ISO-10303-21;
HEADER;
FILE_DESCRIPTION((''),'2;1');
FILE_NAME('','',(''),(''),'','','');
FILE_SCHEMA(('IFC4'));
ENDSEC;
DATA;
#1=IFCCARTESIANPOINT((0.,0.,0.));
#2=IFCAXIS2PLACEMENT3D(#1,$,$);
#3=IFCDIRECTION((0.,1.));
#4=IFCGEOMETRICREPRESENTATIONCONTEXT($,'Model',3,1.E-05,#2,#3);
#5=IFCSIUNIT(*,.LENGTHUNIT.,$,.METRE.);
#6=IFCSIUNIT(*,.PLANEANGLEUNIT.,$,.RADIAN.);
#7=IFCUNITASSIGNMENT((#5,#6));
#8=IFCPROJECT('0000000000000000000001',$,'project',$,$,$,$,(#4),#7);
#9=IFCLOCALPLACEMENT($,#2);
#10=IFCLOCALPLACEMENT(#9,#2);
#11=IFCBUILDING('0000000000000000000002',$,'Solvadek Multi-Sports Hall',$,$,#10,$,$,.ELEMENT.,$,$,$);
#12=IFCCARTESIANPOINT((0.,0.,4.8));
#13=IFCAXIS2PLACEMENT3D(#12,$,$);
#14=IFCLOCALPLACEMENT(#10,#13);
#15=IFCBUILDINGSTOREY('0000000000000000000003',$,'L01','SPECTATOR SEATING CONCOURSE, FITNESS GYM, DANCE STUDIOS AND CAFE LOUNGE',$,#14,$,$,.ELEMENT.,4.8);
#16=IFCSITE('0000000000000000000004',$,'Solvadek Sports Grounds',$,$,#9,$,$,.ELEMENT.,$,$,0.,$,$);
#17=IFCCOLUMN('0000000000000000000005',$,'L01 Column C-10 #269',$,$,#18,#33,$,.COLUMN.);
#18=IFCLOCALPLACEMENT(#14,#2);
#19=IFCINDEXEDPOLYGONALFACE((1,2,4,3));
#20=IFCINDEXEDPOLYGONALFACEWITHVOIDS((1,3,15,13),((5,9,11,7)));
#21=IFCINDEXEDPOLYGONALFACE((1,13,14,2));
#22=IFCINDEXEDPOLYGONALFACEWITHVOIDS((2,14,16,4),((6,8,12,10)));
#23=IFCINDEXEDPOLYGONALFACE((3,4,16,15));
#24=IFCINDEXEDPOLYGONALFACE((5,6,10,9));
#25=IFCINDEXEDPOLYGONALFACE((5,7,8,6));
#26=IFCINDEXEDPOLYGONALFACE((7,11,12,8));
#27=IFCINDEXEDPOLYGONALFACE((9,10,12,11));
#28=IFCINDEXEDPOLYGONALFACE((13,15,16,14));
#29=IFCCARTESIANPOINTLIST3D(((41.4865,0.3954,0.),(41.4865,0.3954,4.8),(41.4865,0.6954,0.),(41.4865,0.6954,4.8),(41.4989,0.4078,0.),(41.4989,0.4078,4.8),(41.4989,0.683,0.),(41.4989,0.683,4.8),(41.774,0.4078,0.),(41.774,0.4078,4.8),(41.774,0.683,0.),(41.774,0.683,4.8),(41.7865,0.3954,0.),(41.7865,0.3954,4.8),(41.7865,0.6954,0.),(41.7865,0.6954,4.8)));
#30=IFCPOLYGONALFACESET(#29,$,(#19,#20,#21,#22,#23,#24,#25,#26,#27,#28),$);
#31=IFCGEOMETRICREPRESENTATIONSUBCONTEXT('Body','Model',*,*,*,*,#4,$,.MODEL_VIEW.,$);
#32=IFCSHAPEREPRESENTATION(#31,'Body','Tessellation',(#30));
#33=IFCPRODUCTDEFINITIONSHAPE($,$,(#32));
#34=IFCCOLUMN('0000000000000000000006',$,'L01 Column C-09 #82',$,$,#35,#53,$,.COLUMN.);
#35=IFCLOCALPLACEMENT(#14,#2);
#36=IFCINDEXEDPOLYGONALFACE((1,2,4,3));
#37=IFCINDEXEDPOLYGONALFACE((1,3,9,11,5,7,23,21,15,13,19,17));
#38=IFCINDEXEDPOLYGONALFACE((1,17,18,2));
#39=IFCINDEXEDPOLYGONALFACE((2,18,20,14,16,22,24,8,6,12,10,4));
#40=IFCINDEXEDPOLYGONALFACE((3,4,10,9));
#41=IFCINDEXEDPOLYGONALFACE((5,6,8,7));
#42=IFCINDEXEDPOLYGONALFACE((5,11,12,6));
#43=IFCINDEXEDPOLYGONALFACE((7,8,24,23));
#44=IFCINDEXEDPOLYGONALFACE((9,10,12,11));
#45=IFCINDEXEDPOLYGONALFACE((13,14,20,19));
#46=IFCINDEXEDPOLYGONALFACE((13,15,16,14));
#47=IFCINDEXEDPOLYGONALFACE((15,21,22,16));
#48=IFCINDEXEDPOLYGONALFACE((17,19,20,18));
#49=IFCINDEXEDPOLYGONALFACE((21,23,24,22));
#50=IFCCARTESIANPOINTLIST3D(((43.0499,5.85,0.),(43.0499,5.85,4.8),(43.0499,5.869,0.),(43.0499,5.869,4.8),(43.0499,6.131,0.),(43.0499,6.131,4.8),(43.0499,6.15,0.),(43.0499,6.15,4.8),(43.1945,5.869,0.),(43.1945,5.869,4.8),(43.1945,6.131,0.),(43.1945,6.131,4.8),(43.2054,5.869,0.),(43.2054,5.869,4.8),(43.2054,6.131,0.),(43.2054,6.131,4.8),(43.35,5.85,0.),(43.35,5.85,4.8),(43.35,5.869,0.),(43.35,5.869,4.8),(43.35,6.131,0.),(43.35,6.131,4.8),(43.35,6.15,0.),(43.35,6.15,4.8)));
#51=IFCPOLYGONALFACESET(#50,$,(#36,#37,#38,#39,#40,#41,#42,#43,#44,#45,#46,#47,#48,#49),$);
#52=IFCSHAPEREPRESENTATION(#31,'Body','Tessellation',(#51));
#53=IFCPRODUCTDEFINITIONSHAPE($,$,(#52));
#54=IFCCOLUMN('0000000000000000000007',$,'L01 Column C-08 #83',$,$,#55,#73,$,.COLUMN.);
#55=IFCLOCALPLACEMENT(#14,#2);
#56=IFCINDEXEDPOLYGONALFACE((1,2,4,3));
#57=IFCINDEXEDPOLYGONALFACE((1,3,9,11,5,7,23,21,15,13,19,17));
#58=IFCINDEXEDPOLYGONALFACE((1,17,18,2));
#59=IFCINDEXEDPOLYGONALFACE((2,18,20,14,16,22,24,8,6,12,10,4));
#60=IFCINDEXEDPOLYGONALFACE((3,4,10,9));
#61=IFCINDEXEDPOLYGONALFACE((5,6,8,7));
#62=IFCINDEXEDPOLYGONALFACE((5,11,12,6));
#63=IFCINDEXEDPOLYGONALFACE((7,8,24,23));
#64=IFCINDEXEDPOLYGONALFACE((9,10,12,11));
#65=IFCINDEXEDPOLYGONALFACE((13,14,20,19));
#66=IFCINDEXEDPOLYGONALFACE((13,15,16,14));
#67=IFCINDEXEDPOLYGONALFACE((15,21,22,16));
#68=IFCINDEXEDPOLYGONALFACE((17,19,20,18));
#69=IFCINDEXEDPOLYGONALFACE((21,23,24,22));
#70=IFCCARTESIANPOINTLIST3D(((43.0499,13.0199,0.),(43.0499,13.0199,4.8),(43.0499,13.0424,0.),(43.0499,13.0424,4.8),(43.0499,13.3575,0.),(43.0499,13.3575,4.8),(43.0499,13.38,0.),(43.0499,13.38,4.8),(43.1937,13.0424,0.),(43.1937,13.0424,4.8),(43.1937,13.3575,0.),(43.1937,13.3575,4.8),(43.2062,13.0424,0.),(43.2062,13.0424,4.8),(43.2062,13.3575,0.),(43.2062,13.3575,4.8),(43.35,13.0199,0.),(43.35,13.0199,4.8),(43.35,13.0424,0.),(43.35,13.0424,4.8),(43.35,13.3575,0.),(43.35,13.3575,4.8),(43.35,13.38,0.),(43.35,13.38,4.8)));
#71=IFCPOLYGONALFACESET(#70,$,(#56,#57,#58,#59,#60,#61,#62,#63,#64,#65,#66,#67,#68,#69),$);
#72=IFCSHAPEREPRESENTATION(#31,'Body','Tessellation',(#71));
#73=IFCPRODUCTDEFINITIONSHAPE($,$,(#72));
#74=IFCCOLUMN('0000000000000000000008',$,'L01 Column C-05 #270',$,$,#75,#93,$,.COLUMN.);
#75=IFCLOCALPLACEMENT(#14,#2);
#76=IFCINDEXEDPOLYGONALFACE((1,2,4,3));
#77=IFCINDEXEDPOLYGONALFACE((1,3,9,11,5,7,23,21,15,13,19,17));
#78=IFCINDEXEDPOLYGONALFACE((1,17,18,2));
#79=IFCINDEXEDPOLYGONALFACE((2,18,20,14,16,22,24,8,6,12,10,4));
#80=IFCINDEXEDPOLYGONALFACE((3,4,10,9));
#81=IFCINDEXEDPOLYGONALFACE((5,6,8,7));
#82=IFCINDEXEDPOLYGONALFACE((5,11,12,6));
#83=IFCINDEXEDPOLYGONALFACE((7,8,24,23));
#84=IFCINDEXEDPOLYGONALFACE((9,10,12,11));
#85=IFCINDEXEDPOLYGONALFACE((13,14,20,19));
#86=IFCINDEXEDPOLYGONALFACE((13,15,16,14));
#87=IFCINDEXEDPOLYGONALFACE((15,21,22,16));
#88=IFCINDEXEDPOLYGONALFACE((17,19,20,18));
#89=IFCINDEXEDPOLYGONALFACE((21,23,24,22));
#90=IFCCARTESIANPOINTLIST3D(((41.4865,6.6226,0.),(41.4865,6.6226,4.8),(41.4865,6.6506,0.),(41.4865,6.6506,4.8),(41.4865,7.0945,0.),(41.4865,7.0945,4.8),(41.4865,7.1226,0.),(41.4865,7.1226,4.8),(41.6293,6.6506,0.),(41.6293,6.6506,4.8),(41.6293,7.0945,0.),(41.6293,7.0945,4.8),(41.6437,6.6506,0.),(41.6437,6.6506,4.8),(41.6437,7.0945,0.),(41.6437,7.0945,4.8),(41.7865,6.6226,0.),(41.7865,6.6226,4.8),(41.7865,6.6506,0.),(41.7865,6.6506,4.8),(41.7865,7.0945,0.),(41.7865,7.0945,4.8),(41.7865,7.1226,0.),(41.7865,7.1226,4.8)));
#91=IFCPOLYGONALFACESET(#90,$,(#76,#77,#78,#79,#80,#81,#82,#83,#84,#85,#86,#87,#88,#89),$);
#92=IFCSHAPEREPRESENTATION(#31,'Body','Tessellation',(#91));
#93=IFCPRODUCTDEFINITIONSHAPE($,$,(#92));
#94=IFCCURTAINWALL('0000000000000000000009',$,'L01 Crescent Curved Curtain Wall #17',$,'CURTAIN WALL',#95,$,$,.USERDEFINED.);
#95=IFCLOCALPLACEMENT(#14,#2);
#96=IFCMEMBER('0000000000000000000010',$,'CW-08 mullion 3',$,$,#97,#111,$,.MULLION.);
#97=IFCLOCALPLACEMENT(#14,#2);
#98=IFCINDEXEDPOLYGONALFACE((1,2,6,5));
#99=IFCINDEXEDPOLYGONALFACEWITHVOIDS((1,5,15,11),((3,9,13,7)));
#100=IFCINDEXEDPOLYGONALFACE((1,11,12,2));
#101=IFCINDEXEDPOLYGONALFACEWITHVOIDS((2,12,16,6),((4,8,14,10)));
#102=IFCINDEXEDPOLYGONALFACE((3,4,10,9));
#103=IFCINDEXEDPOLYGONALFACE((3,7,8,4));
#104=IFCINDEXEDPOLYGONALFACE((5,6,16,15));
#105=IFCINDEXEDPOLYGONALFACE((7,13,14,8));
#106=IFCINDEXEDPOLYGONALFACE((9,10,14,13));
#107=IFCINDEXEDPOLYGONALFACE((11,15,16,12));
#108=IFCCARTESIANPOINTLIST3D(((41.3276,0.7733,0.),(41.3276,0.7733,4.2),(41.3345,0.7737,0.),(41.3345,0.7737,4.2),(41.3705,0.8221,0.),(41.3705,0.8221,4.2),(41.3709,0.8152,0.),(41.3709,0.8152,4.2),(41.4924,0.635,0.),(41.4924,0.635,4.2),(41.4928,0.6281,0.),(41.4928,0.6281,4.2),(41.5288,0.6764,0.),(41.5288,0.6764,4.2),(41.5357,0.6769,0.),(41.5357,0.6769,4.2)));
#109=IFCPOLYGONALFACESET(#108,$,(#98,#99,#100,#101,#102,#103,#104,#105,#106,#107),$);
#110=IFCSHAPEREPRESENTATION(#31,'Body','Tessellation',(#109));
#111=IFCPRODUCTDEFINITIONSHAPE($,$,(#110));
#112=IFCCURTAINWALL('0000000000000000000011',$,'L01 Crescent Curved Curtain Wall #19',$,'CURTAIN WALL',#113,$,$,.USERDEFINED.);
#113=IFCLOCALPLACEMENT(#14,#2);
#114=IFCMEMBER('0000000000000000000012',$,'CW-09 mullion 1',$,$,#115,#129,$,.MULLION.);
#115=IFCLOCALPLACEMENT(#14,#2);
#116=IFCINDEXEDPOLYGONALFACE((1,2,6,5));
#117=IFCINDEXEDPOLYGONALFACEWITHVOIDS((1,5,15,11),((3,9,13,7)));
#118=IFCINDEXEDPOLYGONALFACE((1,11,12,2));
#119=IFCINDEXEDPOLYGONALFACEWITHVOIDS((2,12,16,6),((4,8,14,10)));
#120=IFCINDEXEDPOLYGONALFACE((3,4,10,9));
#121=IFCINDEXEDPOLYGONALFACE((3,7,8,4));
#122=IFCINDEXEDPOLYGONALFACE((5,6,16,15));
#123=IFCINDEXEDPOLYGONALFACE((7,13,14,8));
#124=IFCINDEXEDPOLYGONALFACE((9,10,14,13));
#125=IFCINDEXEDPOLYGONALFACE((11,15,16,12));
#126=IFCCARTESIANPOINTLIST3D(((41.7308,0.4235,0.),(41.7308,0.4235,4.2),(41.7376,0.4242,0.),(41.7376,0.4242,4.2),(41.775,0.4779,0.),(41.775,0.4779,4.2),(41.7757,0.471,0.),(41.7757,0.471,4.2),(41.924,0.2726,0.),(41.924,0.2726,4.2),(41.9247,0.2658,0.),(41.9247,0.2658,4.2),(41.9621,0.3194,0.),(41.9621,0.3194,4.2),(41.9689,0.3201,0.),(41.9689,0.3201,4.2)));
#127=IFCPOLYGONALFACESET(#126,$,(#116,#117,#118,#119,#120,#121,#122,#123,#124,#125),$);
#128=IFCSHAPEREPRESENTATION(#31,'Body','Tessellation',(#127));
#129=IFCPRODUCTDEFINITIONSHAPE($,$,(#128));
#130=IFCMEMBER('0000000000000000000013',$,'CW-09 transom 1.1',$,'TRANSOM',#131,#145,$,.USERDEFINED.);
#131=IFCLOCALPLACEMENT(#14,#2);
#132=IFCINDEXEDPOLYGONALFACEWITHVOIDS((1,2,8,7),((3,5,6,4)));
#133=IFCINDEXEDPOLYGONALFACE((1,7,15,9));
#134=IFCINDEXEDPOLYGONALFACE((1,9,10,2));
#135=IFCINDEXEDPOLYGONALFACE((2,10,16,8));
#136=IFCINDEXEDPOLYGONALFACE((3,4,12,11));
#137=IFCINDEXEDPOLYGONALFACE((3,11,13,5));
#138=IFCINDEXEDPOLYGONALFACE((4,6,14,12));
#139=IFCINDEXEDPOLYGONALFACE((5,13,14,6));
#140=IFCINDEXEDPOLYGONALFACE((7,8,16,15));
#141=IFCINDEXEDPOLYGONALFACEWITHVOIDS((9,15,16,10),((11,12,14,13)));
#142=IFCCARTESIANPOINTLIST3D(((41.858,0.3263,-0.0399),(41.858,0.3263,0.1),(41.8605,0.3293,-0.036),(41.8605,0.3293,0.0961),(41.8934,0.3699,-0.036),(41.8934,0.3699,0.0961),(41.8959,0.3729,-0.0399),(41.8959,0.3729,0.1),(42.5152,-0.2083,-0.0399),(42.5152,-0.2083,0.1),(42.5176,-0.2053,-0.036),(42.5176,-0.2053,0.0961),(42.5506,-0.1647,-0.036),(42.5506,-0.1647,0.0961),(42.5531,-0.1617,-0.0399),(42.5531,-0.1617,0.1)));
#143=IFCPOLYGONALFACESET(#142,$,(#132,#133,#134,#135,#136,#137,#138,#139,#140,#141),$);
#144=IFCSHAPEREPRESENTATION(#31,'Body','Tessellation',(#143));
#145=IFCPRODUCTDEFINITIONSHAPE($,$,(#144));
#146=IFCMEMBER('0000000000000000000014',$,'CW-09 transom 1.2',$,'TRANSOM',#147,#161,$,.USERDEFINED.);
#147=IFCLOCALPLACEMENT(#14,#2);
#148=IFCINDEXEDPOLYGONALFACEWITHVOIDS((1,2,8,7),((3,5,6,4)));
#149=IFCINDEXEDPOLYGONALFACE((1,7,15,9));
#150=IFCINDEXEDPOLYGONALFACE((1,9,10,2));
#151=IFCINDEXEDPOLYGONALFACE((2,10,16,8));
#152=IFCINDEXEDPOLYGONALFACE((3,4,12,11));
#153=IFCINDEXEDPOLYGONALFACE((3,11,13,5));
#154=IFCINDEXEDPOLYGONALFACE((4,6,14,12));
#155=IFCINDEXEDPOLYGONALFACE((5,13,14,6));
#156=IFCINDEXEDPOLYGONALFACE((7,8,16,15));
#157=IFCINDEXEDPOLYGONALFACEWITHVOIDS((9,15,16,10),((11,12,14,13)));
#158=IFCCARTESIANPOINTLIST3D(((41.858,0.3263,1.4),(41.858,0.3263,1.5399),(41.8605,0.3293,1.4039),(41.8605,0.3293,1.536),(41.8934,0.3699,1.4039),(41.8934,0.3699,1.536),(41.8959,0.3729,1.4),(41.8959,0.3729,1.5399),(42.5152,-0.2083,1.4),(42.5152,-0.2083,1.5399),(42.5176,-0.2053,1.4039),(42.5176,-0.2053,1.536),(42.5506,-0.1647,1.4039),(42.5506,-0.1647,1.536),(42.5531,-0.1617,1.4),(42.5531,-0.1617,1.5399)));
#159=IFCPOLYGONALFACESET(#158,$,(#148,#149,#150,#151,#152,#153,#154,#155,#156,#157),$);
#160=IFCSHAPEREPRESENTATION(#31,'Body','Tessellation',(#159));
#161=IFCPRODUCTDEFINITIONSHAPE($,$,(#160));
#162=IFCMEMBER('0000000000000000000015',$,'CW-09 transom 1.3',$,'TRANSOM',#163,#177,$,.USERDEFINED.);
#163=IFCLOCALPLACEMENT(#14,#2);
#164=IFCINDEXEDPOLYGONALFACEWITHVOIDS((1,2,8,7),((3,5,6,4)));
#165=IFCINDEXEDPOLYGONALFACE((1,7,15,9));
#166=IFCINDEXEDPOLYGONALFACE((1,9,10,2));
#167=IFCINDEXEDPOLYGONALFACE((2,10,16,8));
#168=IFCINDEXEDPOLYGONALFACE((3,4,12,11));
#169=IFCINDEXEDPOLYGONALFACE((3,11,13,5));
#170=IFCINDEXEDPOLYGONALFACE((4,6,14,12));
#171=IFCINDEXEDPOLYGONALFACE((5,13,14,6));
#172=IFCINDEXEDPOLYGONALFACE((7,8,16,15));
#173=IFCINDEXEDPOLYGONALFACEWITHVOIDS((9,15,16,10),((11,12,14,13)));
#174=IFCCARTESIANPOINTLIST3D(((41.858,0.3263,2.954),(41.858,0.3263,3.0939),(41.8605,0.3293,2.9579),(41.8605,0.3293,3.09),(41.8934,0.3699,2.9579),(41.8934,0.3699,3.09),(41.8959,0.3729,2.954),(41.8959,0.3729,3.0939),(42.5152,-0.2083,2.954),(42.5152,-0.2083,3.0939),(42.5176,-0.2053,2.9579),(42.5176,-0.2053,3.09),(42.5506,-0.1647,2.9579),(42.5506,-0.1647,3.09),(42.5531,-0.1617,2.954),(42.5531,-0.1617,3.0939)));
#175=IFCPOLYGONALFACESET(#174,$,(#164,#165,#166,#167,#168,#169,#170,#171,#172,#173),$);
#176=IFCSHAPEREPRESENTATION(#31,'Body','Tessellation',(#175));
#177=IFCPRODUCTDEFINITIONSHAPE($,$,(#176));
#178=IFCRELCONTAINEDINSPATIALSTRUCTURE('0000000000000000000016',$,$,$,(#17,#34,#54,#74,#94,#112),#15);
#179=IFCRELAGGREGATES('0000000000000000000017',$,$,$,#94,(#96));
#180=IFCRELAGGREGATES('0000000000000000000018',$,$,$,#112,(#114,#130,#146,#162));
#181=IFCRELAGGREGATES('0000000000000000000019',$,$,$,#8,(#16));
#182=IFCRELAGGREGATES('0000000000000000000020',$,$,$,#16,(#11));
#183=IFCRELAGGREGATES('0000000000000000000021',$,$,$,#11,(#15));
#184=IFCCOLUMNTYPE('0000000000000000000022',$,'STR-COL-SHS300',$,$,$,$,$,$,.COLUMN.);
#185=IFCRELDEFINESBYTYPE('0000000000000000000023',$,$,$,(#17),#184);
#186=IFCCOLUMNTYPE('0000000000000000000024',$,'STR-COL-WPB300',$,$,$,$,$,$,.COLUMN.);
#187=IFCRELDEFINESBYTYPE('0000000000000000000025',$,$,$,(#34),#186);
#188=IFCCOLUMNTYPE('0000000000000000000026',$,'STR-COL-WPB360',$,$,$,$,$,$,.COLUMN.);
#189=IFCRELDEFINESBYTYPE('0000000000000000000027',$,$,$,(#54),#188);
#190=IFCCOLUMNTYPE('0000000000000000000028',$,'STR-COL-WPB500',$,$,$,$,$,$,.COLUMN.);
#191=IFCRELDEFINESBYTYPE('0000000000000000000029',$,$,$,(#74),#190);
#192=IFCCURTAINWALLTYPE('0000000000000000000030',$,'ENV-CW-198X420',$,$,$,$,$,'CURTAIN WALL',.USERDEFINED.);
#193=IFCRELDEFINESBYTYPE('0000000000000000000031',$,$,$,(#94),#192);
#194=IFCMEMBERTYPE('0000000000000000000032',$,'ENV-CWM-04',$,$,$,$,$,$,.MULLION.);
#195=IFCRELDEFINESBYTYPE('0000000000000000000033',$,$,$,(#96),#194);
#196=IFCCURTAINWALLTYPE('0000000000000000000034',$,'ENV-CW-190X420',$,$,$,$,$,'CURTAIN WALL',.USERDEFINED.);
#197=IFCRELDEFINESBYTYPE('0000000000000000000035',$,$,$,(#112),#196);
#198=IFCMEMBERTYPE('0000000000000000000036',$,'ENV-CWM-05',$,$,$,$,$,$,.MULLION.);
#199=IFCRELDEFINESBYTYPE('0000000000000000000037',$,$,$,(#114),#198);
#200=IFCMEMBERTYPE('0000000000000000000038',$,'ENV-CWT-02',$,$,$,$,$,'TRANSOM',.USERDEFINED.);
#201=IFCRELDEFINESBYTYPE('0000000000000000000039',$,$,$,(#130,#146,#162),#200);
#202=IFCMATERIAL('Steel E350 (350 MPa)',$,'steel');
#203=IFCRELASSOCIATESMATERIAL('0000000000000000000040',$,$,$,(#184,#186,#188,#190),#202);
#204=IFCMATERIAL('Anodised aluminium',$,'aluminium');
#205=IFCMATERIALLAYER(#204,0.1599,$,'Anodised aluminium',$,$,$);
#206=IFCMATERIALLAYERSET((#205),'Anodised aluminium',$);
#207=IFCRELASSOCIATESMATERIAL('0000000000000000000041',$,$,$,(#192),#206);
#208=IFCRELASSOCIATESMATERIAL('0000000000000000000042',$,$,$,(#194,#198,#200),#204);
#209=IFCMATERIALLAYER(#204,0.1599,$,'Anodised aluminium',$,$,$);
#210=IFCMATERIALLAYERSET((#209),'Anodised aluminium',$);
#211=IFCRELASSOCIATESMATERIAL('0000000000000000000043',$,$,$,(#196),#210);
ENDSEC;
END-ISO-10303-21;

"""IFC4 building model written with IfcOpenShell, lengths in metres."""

from ifc_helpers import new_model, si_unit, direction, frame, origin, origin_2d, place, context, subcontext, project, spatial, hollow_rectangle, i_section, extrude, material, layer, layer_set, material_profile, profile_set, type_object, element, aggregate, save


model = new_model("IFC4")

# Units and contexts
model_context = context("Model", 3, precision=1e-05, world=origin(), true_north=direction((0.0, 1.0)))
body_context = subcontext(model_context, "Body", "Model", "MODEL_VIEW")
ifc_project = project(units=[si_unit("LENGTHUNIT", "METRE"), si_unit("PLANEANGLEUNIT", "RADIAN")], contexts=[model_context])

# Site, building, storey
site_placement = place(None, origin())
site = spatial("IfcSite", under=ifc_project, at=site_placement, Name="Solvadek Sports Grounds", CompositionType="ELEMENT", RefElevation=0.0)
building_placement = place(site_placement, origin())
building = spatial("IfcBuilding", under=site, at=building_placement, Name="Solvadek Multi-Sports Hall", CompositionType="ELEMENT")
storey_placement = place(building_placement, frame((0.0, 0.0, 4.8)))
storey = spatial("IfcBuildingStorey", under=building, at=storey_placement, Name="L01", Description="SPECTATOR SEATING CONCOURSE, FITNESS GYM, DANCE STUDIOS AND CAFE LOUNGE", CompositionType="ELEMENT", Elevation=4.8)

# Columns
ifc_material_1 = material(Name="Steel E350 (350 MPa)", Category="steel")
ifc_material_profile_1 = material_profile(ifc_material_1, hollow_rectangle(XDim=0.3, YDim=0.3, WallThickness=0.0125, at=origin_2d()), Name="SHS 300x300x12.5")
ifc_profile_set_1 = profile_set([ifc_material_profile_1], Name="Steel E350 (350 MPa)")
column_type_1 = type_object("IfcColumnType", Name="STR-COL-SHS300", PredefinedType="COLUMN", material=ifc_profile_set_1)
column_1_placement = place(storey_placement, frame((41.6365, 0.5454, 0.0), z_axis=(0.0, 0.0, 1.0), x_axis=(1.0, 0.0, 0.0)))
element("IfcColumn", 1, at=column_1_placement, inside=storey, type_object=column_type_1, Name="L01 Column C-10 #269", PredefinedType="COLUMN", context=body_context, shape_type="SweptSolid", body=[
    extrude(hollow_rectangle(XDim=0.3, YDim=0.3, WallThickness=0.0125, at=origin_2d()), origin(), (0.0, 0.0, 1.0), 4.8),
])
ifc_material_profile_2 = material_profile(ifc_material_1, i_section(OverallWidth=0.3, OverallDepth=0.3, WebThickness=0.011, FlangeThickness=0.019, at=origin_2d()), Name="WPB 300")
ifc_profile_set_2 = profile_set([ifc_material_profile_2], Name="Steel E350 (350 MPa)")
column_type_2 = type_object("IfcColumnType", Name="STR-COL-WPB300", PredefinedType="COLUMN", material=ifc_profile_set_2)
column_2_placement = place(storey_placement, frame((43.2, 6.0, 0.0), z_axis=(0.0, 0.0, 1.0), x_axis=(1.0, 0.0, 0.0)))
element("IfcColumn", 2, at=column_2_placement, inside=storey, type_object=column_type_2, Name="L01 Column C-09 #82", PredefinedType="COLUMN", context=body_context, shape_type="SweptSolid", body=[
    extrude(i_section(OverallWidth=0.3, OverallDepth=0.3, WebThickness=0.011, FlangeThickness=0.019, at=origin_2d()), origin(), (0.0, 0.0, 1.0), 4.8),
])
ifc_material_profile_3 = material_profile(ifc_material_1, i_section(OverallWidth=0.3, OverallDepth=0.3601, WebThickness=0.0125, FlangeThickness=0.0225, at=origin_2d()), Name="WPB 360")
ifc_profile_set_3 = profile_set([ifc_material_profile_3], Name="Steel E350 (350 MPa)")
column_type_3 = type_object("IfcColumnType", Name="STR-COL-WPB360", PredefinedType="COLUMN", material=ifc_profile_set_3)
column_3_placement = place(storey_placement, frame((43.2, 13.2, 0.0), z_axis=(0.0, 0.0, 1.0), x_axis=(1.0, 0.0, 0.0)))
element("IfcColumn", 3, at=column_3_placement, inside=storey, type_object=column_type_3, Name="L01 Column C-08 #83", PredefinedType="COLUMN", context=body_context, shape_type="SweptSolid", body=[
    extrude(i_section(OverallWidth=0.3, OverallDepth=0.3601, WebThickness=0.0125, FlangeThickness=0.0225, at=origin_2d()), origin(), (0.0, 0.0, 1.0), 4.8),
])
ifc_material_profile_4 = material_profile(ifc_material_1, i_section(OverallWidth=0.3, OverallDepth=0.5, WebThickness=0.0144, FlangeThickness=0.0281, at=origin_2d()), Name="WPB 500")
ifc_profile_set_4 = profile_set([ifc_material_profile_4], Name="Steel E350 (350 MPa)")
column_type_4 = type_object("IfcColumnType", Name="STR-COL-WPB500", PredefinedType="COLUMN", material=ifc_profile_set_4)
column_4_placement = place(storey_placement, frame((41.6365, 6.8726, 0.0), z_axis=(0.0, 0.0, 1.0), x_axis=(1.0, 0.0, 0.0)))
element("IfcColumn", 4, at=column_4_placement, inside=storey, type_object=column_type_4, Name="L01 Column C-05 #270", PredefinedType="COLUMN", context=body_context, shape_type="SweptSolid", body=[
    extrude(i_section(OverallWidth=0.3, OverallDepth=0.5, WebThickness=0.0144, FlangeThickness=0.0281, at=origin_2d()), origin(), (0.0, 0.0, 1.0), 4.8),
])

# Curtain wall, member
ifc_material_2 = material(Name="Anodised aluminium", Category="aluminium")
ifc_layer_1 = layer(ifc_material_2, 0.1599, Name="Anodised aluminium")
ifc_layer_set_1 = layer_set([ifc_layer_1], Name="Anodised aluminium")
curtain_wall_type_1 = type_object("IfcCurtainWallType", Name="ENV-CW-198X420", ElementType="CURTAIN WALL", PredefinedType="USERDEFINED", material=ifc_layer_set_1)
curtain_wall_1_placement = place(storey_placement, origin())
curtain_wall_1 = element("IfcCurtainWall", 5, at=curtain_wall_1_placement, inside=storey, type_object=curtain_wall_type_1, Name="L01 Crescent Curved Curtain Wall #17", ObjectType="CURTAIN WALL", PredefinedType="USERDEFINED")
ifc_material_profile_5 = material_profile(ifc_material_2, hollow_rectangle(XDim=0.0649, YDim=0.22, WallThickness=0.0049, at=origin_2d()), Name="ALU-M 220x65x5")
ifc_profile_set_5 = profile_set([ifc_material_profile_5], Name="Anodised aluminium")
member_type_1 = type_object("IfcMemberType", Name="ENV-CWM-04", PredefinedType="MULLION", material=ifc_profile_set_5)
member_1_placement = place(storey_placement, frame((41.4316, 0.7251, 0.0), z_axis=(0.0, 0.0, 1.0), x_axis=(0.660055, 0.751217, 0.0)))
member_1 = element("IfcMember", 6, at=member_1_placement, type_object=member_type_1, Name="CW-08 mullion 3", PredefinedType="MULLION", context=body_context, shape_type="SweptSolid", body=[
    extrude(hollow_rectangle(XDim=0.0649, YDim=0.22, WallThickness=0.0049, at=origin_2d()), origin(), (0.0, 0.0, 1.0), 4.2),
])

# Curtain wall, members
ifc_layer_2 = layer(ifc_material_2, 0.1599, Name="Anodised aluminium")
ifc_layer_set_2 = layer_set([ifc_layer_2], Name="Anodised aluminium")
curtain_wall_type_2 = type_object("IfcCurtainWallType", Name="ENV-CW-190X420", ElementType="CURTAIN WALL", PredefinedType="USERDEFINED", material=ifc_layer_set_2)
curtain_wall_2_placement = place(storey_placement, origin())
curtain_wall_2 = element("IfcCurtainWall", 7, at=curtain_wall_2_placement, inside=storey, type_object=curtain_wall_type_2, Name="L01 Crescent Curved Curtain Wall #19", ObjectType="CURTAIN WALL", PredefinedType="USERDEFINED")
ifc_material_profile_6 = material_profile(ifc_material_2, hollow_rectangle(XDim=0.0701, YDim=0.25, WallThickness=0.0049, at=origin_2d()), Name="ALU-M 250x70x5")
ifc_profile_set_6 = profile_set([ifc_material_profile_6], Name="Anodised aluminium")
member_type_2 = type_object("IfcMemberType", Name="ENV-CWM-05", PredefinedType="MULLION", material=ifc_profile_set_6)
member_2_placement = place(storey_placement, frame((41.8499, 0.3718, 0.0), z_axis=(0.0, 0.0, 1.0), x_axis=(0.631071, 0.775725, 0.0)))
member_2 = element("IfcMember", 8, at=member_2_placement, type_object=member_type_2, Name="CW-09 mullion 1", PredefinedType="MULLION", context=body_context, shape_type="SweptSolid", body=[
    extrude(hollow_rectangle(XDim=0.0701, YDim=0.25, WallThickness=0.0049, at=origin_2d()), origin(), (0.0, 0.0, 1.0), 4.2),
])
ifc_material_profile_7 = material_profile(ifc_material_2, hollow_rectangle(XDim=0.0601, YDim=0.1399, WallThickness=0.0039, at=origin_2d()), Name="ALU-T 140x60x4")
ifc_profile_set_7 = profile_set([ifc_material_profile_7], Name="Anodised aluminium")
member_type_3 = type_object("IfcMemberType", Name="ENV-CWT-02", ElementType="TRANSOM", PredefinedType="USERDEFINED", material=ifc_profile_set_7)
member_3_placement = place(storey_placement, frame((41.877, 0.3496, 0.03), z_axis=(0.775726, -0.63107, 0.0), x_axis=(0.63107, 0.775726, 0.0)))
member_3 = element("IfcMember", 9, at=member_3_placement, type_object=member_type_3, Name="CW-09 transom 1.1", ObjectType="TRANSOM", PredefinedType="USERDEFINED", context=body_context, shape_type="SweptSolid", body=[
    extrude(hollow_rectangle(XDim=0.0601, YDim=0.1399, WallThickness=0.0039, at=origin_2d()), origin(), (0.0, 0.0, 1.0), 0.8472),
])
member_4_placement = place(storey_placement, frame((41.877, 0.3496, 1.47), z_axis=(0.775726, -0.63107, 0.0), x_axis=(0.63107, 0.775726, 0.0)))
member_4 = element("IfcMember", 10, at=member_4_placement, type_object=member_type_3, Name="CW-09 transom 1.2", ObjectType="TRANSOM", PredefinedType="USERDEFINED", context=body_context, shape_type="SweptSolid", body=[
    extrude(hollow_rectangle(XDim=0.0601, YDim=0.1399, WallThickness=0.0039, at=origin_2d()), origin(), (0.0, 0.0, 1.0), 0.8472),
])
member_5_placement = place(storey_placement, frame((41.877, 0.3496, 3.0239), z_axis=(0.775726, -0.63107, 0.0), x_axis=(0.63107, 0.775726, 0.0)))
member_5 = element("IfcMember", 11, at=member_5_placement, type_object=member_type_3, Name="CW-09 transom 1.3", ObjectType="TRANSOM", PredefinedType="USERDEFINED", context=body_context, shape_type="SweptSolid", body=[
    extrude(hollow_rectangle(XDim=0.0601, YDim=0.1399, WallThickness=0.0039, at=origin_2d()), origin(), (0.0, 0.0, 1.0), 0.8472),
])

aggregate(curtain_wall_1, [member_1])
aggregate(curtain_wall_2, [member_2, member_3, member_4, member_5])

save(model, "model.ifc")
